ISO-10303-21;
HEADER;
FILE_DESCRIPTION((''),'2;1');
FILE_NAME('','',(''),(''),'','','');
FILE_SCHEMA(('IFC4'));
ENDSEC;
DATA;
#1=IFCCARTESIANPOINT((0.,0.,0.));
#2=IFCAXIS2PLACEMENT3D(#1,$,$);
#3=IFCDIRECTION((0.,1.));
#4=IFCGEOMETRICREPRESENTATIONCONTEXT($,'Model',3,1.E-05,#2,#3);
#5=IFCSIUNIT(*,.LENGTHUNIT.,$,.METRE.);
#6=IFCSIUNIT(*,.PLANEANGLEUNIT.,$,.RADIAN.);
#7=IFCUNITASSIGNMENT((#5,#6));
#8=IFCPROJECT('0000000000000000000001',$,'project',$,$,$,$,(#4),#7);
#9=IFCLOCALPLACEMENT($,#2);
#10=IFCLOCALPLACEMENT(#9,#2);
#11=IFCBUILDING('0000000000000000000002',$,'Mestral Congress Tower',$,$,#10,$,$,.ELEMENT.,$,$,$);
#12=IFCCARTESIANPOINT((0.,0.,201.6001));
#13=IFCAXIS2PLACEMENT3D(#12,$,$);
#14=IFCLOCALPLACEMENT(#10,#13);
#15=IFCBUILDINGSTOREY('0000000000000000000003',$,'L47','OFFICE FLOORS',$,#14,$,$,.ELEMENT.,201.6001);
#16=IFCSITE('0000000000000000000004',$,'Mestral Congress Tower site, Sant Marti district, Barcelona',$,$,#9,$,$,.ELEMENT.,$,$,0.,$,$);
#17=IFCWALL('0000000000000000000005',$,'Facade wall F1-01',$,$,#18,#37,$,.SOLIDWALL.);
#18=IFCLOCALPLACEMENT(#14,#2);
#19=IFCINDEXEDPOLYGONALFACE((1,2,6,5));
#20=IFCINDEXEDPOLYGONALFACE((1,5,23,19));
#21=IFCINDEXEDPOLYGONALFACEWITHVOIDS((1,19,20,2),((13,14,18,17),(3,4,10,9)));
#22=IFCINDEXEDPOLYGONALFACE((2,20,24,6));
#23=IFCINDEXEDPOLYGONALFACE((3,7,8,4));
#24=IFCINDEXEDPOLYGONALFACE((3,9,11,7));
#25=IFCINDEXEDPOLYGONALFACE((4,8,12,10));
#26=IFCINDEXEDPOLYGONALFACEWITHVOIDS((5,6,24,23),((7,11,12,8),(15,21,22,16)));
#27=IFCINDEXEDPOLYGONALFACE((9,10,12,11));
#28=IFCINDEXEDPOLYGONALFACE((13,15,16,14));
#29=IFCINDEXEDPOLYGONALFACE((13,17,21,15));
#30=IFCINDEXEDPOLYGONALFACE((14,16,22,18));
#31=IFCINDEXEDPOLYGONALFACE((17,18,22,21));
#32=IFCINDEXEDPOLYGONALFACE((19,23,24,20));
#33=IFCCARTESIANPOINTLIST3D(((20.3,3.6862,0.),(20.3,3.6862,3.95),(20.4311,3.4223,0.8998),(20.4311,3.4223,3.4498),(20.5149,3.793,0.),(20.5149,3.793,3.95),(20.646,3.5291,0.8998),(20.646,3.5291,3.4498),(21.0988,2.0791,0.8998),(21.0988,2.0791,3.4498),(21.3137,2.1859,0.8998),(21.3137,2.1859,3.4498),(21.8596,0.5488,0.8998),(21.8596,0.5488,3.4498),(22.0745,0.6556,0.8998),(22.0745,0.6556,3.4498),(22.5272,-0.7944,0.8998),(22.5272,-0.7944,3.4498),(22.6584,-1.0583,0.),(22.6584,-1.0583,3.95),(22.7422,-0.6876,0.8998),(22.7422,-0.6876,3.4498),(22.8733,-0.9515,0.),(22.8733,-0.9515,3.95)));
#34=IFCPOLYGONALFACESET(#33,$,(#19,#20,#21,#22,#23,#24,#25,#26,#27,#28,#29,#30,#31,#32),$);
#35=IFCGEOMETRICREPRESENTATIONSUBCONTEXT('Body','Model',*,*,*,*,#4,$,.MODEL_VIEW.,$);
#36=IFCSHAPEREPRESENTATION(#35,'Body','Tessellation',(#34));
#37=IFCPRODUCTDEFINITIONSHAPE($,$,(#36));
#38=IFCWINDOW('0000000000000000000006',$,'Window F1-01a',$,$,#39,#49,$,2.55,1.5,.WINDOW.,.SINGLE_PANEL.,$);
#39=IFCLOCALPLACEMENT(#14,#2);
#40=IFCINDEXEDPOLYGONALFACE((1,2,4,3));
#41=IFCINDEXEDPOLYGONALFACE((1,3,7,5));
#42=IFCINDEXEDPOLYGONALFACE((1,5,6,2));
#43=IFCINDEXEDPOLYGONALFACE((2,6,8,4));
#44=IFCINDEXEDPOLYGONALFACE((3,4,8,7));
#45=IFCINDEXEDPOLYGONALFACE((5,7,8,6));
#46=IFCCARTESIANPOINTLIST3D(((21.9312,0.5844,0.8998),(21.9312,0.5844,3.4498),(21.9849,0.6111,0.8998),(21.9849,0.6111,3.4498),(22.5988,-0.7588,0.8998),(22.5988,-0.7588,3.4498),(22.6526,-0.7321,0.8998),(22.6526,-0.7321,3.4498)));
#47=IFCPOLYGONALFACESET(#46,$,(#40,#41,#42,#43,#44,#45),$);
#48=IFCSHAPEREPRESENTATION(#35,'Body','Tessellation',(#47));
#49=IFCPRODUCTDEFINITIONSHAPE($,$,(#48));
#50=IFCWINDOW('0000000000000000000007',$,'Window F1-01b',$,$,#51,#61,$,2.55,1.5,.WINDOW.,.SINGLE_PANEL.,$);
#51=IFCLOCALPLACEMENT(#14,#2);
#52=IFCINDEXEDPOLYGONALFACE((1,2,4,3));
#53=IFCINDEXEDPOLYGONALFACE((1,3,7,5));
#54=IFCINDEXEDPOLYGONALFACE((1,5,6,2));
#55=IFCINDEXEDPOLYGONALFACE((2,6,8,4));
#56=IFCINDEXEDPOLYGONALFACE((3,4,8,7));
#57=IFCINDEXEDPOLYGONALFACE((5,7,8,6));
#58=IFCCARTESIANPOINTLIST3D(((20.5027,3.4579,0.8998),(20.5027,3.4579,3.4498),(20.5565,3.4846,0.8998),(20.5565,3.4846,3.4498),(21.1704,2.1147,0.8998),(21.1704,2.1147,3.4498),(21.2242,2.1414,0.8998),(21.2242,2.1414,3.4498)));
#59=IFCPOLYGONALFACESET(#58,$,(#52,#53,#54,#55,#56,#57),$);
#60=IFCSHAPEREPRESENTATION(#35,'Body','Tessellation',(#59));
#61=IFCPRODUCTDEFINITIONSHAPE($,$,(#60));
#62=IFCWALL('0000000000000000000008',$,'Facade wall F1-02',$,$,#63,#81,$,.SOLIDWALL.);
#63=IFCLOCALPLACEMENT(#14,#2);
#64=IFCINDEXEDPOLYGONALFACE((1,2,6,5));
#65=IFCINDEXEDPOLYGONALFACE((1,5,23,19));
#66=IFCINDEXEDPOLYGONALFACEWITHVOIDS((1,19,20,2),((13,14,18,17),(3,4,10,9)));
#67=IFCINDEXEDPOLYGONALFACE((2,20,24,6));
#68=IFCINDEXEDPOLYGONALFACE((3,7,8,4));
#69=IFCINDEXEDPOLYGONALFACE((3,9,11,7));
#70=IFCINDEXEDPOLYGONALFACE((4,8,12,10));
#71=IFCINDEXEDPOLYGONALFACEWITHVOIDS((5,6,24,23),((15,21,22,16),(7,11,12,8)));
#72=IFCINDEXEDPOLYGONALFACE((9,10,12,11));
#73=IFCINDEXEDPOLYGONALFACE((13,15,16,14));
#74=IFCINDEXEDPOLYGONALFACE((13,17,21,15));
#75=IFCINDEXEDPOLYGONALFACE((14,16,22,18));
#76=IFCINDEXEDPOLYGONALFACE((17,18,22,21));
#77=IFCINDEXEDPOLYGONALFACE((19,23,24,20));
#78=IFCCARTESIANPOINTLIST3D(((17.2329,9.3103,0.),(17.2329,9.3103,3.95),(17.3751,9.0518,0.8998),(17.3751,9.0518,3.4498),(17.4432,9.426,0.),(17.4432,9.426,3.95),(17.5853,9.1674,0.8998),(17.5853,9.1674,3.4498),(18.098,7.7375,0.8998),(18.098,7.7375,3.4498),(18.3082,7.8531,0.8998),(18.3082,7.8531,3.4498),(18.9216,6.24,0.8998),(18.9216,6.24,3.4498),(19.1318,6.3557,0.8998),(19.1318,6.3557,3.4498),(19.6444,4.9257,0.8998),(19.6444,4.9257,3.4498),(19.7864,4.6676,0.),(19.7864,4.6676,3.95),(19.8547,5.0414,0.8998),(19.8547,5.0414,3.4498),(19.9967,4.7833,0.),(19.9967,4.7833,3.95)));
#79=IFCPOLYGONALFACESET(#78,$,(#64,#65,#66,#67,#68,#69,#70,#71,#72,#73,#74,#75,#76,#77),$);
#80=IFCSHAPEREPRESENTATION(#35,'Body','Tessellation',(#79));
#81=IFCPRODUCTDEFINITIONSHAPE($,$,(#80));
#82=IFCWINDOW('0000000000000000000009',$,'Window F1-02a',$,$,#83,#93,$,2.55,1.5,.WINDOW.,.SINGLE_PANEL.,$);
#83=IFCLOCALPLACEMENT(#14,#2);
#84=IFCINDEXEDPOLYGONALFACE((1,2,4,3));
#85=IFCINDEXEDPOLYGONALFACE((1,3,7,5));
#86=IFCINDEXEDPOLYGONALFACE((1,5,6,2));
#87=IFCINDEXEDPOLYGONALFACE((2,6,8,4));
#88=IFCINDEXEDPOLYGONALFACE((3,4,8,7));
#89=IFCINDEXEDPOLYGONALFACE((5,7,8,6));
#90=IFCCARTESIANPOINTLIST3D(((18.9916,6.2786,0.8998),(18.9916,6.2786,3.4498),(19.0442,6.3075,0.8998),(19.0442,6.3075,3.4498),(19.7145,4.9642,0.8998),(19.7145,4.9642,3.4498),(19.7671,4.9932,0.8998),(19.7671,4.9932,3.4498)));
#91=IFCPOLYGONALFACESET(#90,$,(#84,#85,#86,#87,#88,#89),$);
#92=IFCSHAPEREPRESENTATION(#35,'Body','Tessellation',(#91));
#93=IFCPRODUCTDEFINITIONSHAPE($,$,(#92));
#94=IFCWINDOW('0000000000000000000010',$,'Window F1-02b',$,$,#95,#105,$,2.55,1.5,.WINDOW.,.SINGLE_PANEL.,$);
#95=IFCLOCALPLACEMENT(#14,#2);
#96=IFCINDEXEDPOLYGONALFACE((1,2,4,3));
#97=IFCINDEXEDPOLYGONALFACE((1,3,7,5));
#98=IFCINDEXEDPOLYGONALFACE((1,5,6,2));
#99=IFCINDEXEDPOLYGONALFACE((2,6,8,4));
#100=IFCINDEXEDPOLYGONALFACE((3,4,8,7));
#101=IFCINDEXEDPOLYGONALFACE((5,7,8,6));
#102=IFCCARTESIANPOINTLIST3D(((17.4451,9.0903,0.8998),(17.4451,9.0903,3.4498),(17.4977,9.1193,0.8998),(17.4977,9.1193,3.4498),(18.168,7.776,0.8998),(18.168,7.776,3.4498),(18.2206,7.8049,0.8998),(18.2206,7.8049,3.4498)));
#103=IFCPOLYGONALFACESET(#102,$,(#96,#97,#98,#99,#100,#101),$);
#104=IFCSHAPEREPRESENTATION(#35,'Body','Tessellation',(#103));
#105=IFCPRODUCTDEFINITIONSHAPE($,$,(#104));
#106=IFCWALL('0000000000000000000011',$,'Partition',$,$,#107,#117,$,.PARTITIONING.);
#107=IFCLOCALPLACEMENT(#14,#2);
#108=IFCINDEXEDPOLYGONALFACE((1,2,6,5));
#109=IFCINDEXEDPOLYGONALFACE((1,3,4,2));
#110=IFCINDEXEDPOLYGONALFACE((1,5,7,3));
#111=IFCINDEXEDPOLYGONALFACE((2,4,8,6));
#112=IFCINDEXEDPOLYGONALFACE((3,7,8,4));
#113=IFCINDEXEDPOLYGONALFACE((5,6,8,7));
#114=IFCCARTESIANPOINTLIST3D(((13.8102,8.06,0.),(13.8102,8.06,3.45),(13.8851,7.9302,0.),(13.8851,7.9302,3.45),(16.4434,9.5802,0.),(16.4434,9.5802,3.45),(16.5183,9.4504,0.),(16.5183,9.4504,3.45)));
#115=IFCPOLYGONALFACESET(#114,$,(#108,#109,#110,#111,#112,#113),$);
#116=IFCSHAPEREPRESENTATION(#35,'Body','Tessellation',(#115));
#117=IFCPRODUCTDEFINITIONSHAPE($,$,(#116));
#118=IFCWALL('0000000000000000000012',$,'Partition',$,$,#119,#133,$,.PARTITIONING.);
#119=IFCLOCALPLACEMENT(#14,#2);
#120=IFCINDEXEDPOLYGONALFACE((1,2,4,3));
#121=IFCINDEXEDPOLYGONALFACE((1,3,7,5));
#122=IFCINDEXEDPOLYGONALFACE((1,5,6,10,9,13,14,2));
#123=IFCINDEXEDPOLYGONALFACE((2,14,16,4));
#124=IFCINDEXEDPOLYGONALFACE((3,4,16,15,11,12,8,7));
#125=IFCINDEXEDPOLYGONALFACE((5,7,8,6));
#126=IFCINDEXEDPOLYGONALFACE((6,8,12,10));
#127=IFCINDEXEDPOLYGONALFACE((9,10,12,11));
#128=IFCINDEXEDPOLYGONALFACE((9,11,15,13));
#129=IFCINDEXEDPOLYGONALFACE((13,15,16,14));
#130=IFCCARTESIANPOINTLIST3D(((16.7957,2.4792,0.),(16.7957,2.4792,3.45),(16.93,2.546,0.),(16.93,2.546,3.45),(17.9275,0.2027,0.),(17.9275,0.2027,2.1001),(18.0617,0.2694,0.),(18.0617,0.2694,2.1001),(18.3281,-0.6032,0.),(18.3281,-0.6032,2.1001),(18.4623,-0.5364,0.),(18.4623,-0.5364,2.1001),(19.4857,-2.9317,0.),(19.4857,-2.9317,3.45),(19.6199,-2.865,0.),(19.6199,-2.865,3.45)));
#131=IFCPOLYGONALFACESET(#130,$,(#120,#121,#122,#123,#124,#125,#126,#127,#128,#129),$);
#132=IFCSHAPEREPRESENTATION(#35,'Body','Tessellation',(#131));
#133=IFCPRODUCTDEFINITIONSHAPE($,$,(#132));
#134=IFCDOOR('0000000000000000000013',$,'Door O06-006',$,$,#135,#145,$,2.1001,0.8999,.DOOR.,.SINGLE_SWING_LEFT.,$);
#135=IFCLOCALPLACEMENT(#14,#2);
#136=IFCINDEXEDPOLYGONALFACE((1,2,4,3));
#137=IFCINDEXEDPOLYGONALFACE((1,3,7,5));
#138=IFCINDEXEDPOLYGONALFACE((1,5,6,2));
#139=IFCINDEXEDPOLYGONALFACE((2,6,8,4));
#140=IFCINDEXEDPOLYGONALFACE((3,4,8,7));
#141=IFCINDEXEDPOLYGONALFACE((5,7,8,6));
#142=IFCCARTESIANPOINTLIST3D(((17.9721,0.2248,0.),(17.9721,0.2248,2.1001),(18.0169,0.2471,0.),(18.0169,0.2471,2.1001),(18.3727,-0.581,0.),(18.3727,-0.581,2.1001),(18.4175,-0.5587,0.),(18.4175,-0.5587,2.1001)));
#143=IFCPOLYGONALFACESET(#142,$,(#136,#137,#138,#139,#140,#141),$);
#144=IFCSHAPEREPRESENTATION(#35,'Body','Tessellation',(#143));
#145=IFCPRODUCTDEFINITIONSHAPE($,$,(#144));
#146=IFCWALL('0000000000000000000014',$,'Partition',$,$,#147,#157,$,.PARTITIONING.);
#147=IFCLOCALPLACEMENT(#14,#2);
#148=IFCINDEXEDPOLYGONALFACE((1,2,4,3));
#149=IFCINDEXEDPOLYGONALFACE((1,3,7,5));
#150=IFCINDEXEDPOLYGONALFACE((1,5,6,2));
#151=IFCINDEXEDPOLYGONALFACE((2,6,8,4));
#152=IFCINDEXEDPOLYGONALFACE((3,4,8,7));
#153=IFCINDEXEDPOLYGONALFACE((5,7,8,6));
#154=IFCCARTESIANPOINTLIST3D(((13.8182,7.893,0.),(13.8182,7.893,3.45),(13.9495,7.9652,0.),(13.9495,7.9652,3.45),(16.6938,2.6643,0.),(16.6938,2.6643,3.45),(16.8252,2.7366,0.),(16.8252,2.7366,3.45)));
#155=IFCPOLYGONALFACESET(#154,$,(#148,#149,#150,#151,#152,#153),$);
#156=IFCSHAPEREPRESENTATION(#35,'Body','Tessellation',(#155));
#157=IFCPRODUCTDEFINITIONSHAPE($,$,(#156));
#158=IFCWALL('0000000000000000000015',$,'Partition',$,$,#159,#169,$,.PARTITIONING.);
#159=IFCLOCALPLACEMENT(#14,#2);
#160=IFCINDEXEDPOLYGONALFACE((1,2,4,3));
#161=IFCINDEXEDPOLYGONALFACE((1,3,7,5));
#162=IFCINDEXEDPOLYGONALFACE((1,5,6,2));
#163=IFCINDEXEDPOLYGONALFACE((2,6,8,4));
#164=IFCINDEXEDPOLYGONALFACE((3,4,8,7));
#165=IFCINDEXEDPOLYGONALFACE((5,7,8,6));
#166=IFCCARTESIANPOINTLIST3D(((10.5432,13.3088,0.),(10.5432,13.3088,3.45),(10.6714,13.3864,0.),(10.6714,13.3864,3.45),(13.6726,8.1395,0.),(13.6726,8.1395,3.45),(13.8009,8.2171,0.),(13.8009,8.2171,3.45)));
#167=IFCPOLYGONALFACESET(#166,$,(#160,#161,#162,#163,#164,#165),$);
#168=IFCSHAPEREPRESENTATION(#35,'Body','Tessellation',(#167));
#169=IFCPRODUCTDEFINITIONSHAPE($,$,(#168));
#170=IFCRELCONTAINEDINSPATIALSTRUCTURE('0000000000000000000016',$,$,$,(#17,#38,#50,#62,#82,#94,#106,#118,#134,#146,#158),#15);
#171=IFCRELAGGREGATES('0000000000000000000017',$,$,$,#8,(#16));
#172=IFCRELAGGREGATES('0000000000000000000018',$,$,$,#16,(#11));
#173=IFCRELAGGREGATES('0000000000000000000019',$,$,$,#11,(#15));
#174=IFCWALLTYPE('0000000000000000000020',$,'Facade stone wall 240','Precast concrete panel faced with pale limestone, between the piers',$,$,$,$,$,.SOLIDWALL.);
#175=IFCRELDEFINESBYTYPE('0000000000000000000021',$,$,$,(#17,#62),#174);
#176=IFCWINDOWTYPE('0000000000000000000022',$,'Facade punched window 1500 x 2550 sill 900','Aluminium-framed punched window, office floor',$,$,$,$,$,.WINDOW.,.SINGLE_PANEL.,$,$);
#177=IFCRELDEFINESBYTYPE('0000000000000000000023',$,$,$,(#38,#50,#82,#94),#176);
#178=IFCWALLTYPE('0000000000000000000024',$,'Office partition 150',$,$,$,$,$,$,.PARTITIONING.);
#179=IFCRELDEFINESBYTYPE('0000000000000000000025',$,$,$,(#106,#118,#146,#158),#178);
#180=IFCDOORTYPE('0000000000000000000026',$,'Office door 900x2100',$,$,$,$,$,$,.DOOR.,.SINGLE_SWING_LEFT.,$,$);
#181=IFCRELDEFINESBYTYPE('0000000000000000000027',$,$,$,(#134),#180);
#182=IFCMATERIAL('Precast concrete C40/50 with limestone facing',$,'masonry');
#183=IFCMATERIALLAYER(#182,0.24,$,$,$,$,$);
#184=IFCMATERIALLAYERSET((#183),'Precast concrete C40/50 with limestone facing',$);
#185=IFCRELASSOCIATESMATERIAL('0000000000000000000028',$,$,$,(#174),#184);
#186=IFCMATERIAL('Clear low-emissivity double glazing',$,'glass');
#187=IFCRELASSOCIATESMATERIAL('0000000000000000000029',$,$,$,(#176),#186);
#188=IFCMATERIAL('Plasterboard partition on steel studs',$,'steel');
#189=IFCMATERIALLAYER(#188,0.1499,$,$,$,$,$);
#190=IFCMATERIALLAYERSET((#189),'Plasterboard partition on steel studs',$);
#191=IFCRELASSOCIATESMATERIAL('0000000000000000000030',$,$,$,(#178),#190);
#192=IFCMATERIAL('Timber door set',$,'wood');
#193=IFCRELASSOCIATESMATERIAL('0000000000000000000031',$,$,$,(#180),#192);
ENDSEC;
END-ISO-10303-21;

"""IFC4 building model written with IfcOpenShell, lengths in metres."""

from ifc_helpers import new_model, si_unit, direction, frame, frame_2d, origin, place, context, subcontext, project, spatial, rectangle, extrude, material, layer, layer_set, type_object, element, fill, save


model = new_model("IFC4")

# Units and contexts
model_context = context("Model", 3, precision=1e-05, world=origin(), true_north=direction((0.0, 1.0)))
body_context = subcontext(model_context, "Body", "Model", "MODEL_VIEW")
ifc_project = project(units=[si_unit("LENGTHUNIT", "METRE"), si_unit("PLANEANGLEUNIT", "RADIAN")], contexts=[model_context])

# Site, building, storey
site_placement = place(None, origin())
site = spatial("IfcSite", under=ifc_project, at=site_placement, Name="Mestral Congress Tower site, Sant Marti district, Barcelona", CompositionType="ELEMENT", RefElevation=0.0)
building_placement = place(site_placement, origin())
building = spatial("IfcBuilding", under=site, at=building_placement, Name="Mestral Congress Tower", CompositionType="ELEMENT")
storey_placement = place(building_placement, frame((0.0, 0.0, 201.6001)))
storey = spatial("IfcBuildingStorey", under=building, at=storey_placement, Name="L47", Description="OFFICE FLOORS", CompositionType="ELEMENT", Elevation=201.6001)

# Walls, openings, windows
ifc_material_1 = material(Name="Precast concrete C40/50 with limestone facing", Category="masonry")
ifc_layer_1 = layer(ifc_material_1, 0.24)
ifc_layer_set_1 = layer_set([ifc_layer_1], Name="Precast concrete C40/50 with limestone facing")
wall_type_1 = type_object("IfcWallType", Name="Facade stone wall 240", Description="Precast concrete panel faced with pale limestone, between the piers", PredefinedType="SOLIDWALL", material=ifc_layer_set_1)
wall_1_placement = place(storey_placement, frame((22.7659, -1.0049, 0.0), z_axis=(0.0, 0.0, 1.0), x_axis=(-0.44513, 0.895466, 0.0)))
wall_1 = element("IfcWall", 1, at=wall_1_placement, inside=storey, type_object=wall_type_1, Name="Facade wall F1-01", PredefinedType="SOLIDWALL", context=body_context, shape_type="SweptSolid", body=[
    extrude(rectangle(XDim=5.2983, YDim=0.24, at=frame_2d((2.6492, 0.0))), origin(), (0.0, 0.0, 1.0), 3.95),
])
opening_1_placement = place(wall_1_placement, frame((0.2947, 0.0, 0.8999)))
opening_1 = element("IfcOpeningElement", 2, at=opening_1_placement, cuts=wall_1, PredefinedType="OPENING", context=body_context, shape_type="SweptSolid", body=[
    extrude(rectangle(XDim=1.5, YDim=2.55, at=frame_2d((0.75, 1.2749))), frame((0.0, 0.1299, 0.0), z_axis=(0.0, -1.0, 0.0), x_axis=(1.0, 0.0, 0.0)), (0.0, 0.0, 1.0), 0.26),
])
opening_2_placement = place(wall_1_placement, frame((3.5037, 0.0, 0.8999)))
opening_2 = element("IfcOpeningElement", 3, at=opening_2_placement, cuts=wall_1, PredefinedType="OPENING", context=body_context, shape_type="SweptSolid", body=[
    extrude(rectangle(XDim=1.5, YDim=2.55, at=frame_2d((0.75, 1.2749))), frame((0.0, 0.1299, 0.0), z_axis=(0.0, -1.0, 0.0), x_axis=(1.0, 0.0, 0.0)), (0.0, 0.0, 1.0), 0.26),
])
ifc_material_2 = material(Name="Clear low-emissivity double glazing", Category="glass")
window_type = type_object("IfcWindowType", Name="Facade punched window 1500 x 2550 sill 900", Description="Aluminium-framed punched window, office floor", PartitioningType="SINGLE_PANEL", PredefinedType="WINDOW", material=ifc_material_2)
window_1_placement = place(opening_1_placement, origin())
window_1 = element("IfcWindow", 4, at=window_1_placement, inside=storey, type_object=window_type, Name="Window F1-01a", OverallHeight=2.55, OverallWidth=1.5, PartitioningType="SINGLE_PANEL", PredefinedType="WINDOW", context=body_context, shape_type="SweptSolid", body=[
    extrude(rectangle(XDim=1.5, YDim=2.55, at=frame_2d((0.75, 1.2749))), frame((0.0, 0.04, 0.0), z_axis=(0.0, -1.0, 0.0), x_axis=(1.0, 0.0, 0.0)), (0.0, 0.0, 1.0), 0.0601),
])
fill(opening_1, window_1)
window_2_placement = place(opening_2_placement, origin())
window_2 = element("IfcWindow", 5, at=window_2_placement, inside=storey, type_object=window_type, Name="Window F1-01b", OverallHeight=2.55, OverallWidth=1.5, PartitioningType="SINGLE_PANEL", PredefinedType="WINDOW", context=body_context, shape_type="SweptSolid", body=[
    extrude(rectangle(XDim=1.5, YDim=2.55, at=frame_2d((0.75, 1.2749))), frame((0.0, 0.04, 0.0), z_axis=(0.0, -1.0, 0.0), x_axis=(1.0, 0.0, 0.0)), (0.0, 0.0, 1.0), 0.0601),
])
fill(opening_2, window_2)
wall_2_placement = place(storey_placement, frame((19.8916, 4.7253, 0.0), z_axis=(0.0, 0.0, 1.0), x_axis=(-0.481926, 0.876212, 0.0)))
wall_2 = element("IfcWall", 6, at=wall_2_placement, inside=storey, type_object=wall_type_1, Name="Facade wall F1-02", PredefinedType="SOLIDWALL", context=body_context, shape_type="SweptSolid", body=[
    extrude(rectangle(XDim=5.2986, YDim=0.24, at=frame_2d((2.6494, 0.0))), origin(), (0.0, 0.0, 1.0), 3.95),
])
opening_3_placement = place(wall_2_placement, frame((0.2947, 0.0, 0.8999)))
opening_3 = element("IfcOpeningElement", 7, at=opening_3_placement, cuts=wall_2, PredefinedType="OPENING", context=body_context, shape_type="SweptSolid", body=[
    extrude(rectangle(XDim=1.5, YDim=2.55, at=frame_2d((0.75, 1.2749))), frame((0.0, 0.1299, 0.0), z_axis=(0.0, -1.0, 0.0), x_axis=(1.0, 0.0, 0.0)), (0.0, 0.0, 1.0), 0.26),
])
opening_4_placement = place(wall_2_placement, frame((3.5037, 0.0, 0.8999)))
opening_4 = element("IfcOpeningElement", 8, at=opening_4_placement, cuts=wall_2, PredefinedType="OPENING", context=body_context, shape_type="SweptSolid", body=[
    extrude(rectangle(XDim=1.5, YDim=2.55, at=frame_2d((0.75, 1.2749))), frame((0.0, 0.1299, 0.0), z_axis=(0.0, -1.0, 0.0), x_axis=(1.0, 0.0, 0.0)), (0.0, 0.0, 1.0), 0.26),
])
window_3_placement = place(opening_3_placement, origin())
window_3 = element("IfcWindow", 9, at=window_3_placement, inside=storey, type_object=window_type, Name="Window F1-02a", OverallHeight=2.55, OverallWidth=1.5, PartitioningType="SINGLE_PANEL", PredefinedType="WINDOW", context=body_context, shape_type="SweptSolid", body=[
    extrude(rectangle(XDim=1.5, YDim=2.55, at=frame_2d((0.75, 1.2749))), frame((0.0, 0.04, 0.0), z_axis=(0.0, -1.0, 0.0), x_axis=(1.0, 0.0, 0.0)), (0.0, 0.0, 1.0), 0.0601),
])
fill(opening_3, window_3)
window_4_placement = place(opening_4_placement, origin())
window_4 = element("IfcWindow", 10, at=window_4_placement, inside=storey, type_object=window_type, Name="Window F1-02b", OverallHeight=2.55, OverallWidth=1.5, PartitioningType="SINGLE_PANEL", PredefinedType="WINDOW", context=body_context, shape_type="SweptSolid", body=[
    extrude(rectangle(XDim=1.5, YDim=2.55, at=frame_2d((0.75, 1.2749))), frame((0.0, 0.04, 0.0), z_axis=(0.0, -1.0, 0.0), x_axis=(1.0, 0.0, 0.0)), (0.0, 0.0, 1.0), 0.0601),
])
fill(opening_4, window_4)

# Wall
ifc_material_3 = material(Name="Plasterboard partition on steel studs", Category="steel")
ifc_layer_2 = layer(ifc_material_3, 0.1499)
ifc_layer_set_2 = layer_set([ifc_layer_2], Name="Plasterboard partition on steel studs")
wall_type_2 = type_object("IfcWallType", Name="Office partition 150", PredefinedType="PARTITIONING", material=ifc_layer_set_2)
wall_3_placement = place(storey_placement, frame((13.8477, 7.9951, 0.0), z_axis=(0.0, 0.0, 1.0), x_axis=(0.866036, 0.499982, 0.0)))
element("IfcWall", 11, at=wall_3_placement, inside=storey, type_object=wall_type_2, Name="Partition", PredefinedType="PARTITIONING", context=body_context, shape_type="SweptSolid", body=[
    extrude(rectangle(XDim=3.0405, YDim=0.1499, at=frame_2d((1.5203, 0.0))), origin(), (0.0, 0.0, 1.0), 3.45),
])

# Wall, opening, door
wall_4_placement = place(storey_placement, frame((16.8628, 2.5127, 0.0), z_axis=(0.0, 0.0, 1.0), x_axis=(0.44516, -0.895451, 0.0)))
wall_4 = element("IfcWall", 12, at=wall_4_placement, inside=storey, type_object=wall_type_2, Name="Partition", PredefinedType="PARTITIONING", context=body_context, shape_type="SweptSolid", body=[
    extrude(rectangle(XDim=6.0427, YDim=0.1499, at=frame_2d((3.0215, 0.0))), origin(), (0.0, 0.0, 1.0), 3.45),
])
opening_5_placement = place(wall_4_placement, frame((2.5425, 0.0, 0.0)))
opening_5 = element("IfcOpeningElement", 13, at=opening_5_placement, cuts=wall_4, PredefinedType="OPENING", context=body_context, shape_type="SweptSolid", body=[
    extrude(rectangle(XDim=0.8999, YDim=2.1001, at=frame_2d((0.45, 1.05))), frame((0.0, 0.085, 0.0), z_axis=(0.0, -1.0, 0.0), x_axis=(1.0, 0.0, 0.0)), (0.0, 0.0, 1.0), 0.1699),
])
ifc_material_4 = material(Name="Timber door set", Category="wood")
door_type_1 = type_object("IfcDoorType", Name="Office door 900x2100", OperationType="SINGLE_SWING_LEFT", PredefinedType="DOOR", material=ifc_material_4)
door_1_placement = place(opening_5_placement, origin())
door_1 = element("IfcDoor", 14, at=door_1_placement, inside=storey, type_object=door_type_1, Name="Door O06-006", OperationType="SINGLE_SWING_LEFT", OverallHeight=2.1001, OverallWidth=0.8999, PredefinedType="DOOR", context=body_context, shape_type="SweptSolid", body=[
    extrude(rectangle(XDim=0.8999, YDim=2.1001, at=frame_2d((0.45, 1.05))), frame((0.0, 0.0249, 0.0), z_axis=(0.0, -1.0, 0.0), x_axis=(1.0, 0.0, 0.0)), (0.0, 0.0, 1.0), 0.05),
])
fill(opening_5, door_1)

# Walls
wall_5_placement = place(storey_placement, frame((16.7595, 2.7004, 0.0), z_axis=(0.0, 0.0, 1.0), x_axis=(-0.481908, 0.876222, 0.0)))
element("IfcWall", 15, at=wall_5_placement, inside=storey, type_object=wall_type_2, Name="Partition", PredefinedType="PARTITIONING", context=body_context, shape_type="SweptSolid", body=[
    extrude(rectangle(XDim=5.9673, YDim=0.1499, at=frame_2d((2.9836, 0.0))), origin(), (0.0, 0.0, 1.0), 3.45),
])
wall_6_placement = place(storey_placement, frame((13.7368, 8.1782, 0.0), z_axis=(0.0, 0.0, 1.0), x_axis=(-0.517884, 0.855451, 0.0)))
element("IfcWall", 16, at=wall_6_placement, inside=storey, type_object=wall_type_2, Name="Partition", PredefinedType="PARTITIONING", context=body_context, shape_type="SweptSolid", body=[
    extrude(rectangle(XDim=6.0427, YDim=0.1499, at=frame_2d((3.0215, 0.0))), origin(), (0.0, 0.0, 1.0), 3.45),
])

save(model, "model.ifc")
